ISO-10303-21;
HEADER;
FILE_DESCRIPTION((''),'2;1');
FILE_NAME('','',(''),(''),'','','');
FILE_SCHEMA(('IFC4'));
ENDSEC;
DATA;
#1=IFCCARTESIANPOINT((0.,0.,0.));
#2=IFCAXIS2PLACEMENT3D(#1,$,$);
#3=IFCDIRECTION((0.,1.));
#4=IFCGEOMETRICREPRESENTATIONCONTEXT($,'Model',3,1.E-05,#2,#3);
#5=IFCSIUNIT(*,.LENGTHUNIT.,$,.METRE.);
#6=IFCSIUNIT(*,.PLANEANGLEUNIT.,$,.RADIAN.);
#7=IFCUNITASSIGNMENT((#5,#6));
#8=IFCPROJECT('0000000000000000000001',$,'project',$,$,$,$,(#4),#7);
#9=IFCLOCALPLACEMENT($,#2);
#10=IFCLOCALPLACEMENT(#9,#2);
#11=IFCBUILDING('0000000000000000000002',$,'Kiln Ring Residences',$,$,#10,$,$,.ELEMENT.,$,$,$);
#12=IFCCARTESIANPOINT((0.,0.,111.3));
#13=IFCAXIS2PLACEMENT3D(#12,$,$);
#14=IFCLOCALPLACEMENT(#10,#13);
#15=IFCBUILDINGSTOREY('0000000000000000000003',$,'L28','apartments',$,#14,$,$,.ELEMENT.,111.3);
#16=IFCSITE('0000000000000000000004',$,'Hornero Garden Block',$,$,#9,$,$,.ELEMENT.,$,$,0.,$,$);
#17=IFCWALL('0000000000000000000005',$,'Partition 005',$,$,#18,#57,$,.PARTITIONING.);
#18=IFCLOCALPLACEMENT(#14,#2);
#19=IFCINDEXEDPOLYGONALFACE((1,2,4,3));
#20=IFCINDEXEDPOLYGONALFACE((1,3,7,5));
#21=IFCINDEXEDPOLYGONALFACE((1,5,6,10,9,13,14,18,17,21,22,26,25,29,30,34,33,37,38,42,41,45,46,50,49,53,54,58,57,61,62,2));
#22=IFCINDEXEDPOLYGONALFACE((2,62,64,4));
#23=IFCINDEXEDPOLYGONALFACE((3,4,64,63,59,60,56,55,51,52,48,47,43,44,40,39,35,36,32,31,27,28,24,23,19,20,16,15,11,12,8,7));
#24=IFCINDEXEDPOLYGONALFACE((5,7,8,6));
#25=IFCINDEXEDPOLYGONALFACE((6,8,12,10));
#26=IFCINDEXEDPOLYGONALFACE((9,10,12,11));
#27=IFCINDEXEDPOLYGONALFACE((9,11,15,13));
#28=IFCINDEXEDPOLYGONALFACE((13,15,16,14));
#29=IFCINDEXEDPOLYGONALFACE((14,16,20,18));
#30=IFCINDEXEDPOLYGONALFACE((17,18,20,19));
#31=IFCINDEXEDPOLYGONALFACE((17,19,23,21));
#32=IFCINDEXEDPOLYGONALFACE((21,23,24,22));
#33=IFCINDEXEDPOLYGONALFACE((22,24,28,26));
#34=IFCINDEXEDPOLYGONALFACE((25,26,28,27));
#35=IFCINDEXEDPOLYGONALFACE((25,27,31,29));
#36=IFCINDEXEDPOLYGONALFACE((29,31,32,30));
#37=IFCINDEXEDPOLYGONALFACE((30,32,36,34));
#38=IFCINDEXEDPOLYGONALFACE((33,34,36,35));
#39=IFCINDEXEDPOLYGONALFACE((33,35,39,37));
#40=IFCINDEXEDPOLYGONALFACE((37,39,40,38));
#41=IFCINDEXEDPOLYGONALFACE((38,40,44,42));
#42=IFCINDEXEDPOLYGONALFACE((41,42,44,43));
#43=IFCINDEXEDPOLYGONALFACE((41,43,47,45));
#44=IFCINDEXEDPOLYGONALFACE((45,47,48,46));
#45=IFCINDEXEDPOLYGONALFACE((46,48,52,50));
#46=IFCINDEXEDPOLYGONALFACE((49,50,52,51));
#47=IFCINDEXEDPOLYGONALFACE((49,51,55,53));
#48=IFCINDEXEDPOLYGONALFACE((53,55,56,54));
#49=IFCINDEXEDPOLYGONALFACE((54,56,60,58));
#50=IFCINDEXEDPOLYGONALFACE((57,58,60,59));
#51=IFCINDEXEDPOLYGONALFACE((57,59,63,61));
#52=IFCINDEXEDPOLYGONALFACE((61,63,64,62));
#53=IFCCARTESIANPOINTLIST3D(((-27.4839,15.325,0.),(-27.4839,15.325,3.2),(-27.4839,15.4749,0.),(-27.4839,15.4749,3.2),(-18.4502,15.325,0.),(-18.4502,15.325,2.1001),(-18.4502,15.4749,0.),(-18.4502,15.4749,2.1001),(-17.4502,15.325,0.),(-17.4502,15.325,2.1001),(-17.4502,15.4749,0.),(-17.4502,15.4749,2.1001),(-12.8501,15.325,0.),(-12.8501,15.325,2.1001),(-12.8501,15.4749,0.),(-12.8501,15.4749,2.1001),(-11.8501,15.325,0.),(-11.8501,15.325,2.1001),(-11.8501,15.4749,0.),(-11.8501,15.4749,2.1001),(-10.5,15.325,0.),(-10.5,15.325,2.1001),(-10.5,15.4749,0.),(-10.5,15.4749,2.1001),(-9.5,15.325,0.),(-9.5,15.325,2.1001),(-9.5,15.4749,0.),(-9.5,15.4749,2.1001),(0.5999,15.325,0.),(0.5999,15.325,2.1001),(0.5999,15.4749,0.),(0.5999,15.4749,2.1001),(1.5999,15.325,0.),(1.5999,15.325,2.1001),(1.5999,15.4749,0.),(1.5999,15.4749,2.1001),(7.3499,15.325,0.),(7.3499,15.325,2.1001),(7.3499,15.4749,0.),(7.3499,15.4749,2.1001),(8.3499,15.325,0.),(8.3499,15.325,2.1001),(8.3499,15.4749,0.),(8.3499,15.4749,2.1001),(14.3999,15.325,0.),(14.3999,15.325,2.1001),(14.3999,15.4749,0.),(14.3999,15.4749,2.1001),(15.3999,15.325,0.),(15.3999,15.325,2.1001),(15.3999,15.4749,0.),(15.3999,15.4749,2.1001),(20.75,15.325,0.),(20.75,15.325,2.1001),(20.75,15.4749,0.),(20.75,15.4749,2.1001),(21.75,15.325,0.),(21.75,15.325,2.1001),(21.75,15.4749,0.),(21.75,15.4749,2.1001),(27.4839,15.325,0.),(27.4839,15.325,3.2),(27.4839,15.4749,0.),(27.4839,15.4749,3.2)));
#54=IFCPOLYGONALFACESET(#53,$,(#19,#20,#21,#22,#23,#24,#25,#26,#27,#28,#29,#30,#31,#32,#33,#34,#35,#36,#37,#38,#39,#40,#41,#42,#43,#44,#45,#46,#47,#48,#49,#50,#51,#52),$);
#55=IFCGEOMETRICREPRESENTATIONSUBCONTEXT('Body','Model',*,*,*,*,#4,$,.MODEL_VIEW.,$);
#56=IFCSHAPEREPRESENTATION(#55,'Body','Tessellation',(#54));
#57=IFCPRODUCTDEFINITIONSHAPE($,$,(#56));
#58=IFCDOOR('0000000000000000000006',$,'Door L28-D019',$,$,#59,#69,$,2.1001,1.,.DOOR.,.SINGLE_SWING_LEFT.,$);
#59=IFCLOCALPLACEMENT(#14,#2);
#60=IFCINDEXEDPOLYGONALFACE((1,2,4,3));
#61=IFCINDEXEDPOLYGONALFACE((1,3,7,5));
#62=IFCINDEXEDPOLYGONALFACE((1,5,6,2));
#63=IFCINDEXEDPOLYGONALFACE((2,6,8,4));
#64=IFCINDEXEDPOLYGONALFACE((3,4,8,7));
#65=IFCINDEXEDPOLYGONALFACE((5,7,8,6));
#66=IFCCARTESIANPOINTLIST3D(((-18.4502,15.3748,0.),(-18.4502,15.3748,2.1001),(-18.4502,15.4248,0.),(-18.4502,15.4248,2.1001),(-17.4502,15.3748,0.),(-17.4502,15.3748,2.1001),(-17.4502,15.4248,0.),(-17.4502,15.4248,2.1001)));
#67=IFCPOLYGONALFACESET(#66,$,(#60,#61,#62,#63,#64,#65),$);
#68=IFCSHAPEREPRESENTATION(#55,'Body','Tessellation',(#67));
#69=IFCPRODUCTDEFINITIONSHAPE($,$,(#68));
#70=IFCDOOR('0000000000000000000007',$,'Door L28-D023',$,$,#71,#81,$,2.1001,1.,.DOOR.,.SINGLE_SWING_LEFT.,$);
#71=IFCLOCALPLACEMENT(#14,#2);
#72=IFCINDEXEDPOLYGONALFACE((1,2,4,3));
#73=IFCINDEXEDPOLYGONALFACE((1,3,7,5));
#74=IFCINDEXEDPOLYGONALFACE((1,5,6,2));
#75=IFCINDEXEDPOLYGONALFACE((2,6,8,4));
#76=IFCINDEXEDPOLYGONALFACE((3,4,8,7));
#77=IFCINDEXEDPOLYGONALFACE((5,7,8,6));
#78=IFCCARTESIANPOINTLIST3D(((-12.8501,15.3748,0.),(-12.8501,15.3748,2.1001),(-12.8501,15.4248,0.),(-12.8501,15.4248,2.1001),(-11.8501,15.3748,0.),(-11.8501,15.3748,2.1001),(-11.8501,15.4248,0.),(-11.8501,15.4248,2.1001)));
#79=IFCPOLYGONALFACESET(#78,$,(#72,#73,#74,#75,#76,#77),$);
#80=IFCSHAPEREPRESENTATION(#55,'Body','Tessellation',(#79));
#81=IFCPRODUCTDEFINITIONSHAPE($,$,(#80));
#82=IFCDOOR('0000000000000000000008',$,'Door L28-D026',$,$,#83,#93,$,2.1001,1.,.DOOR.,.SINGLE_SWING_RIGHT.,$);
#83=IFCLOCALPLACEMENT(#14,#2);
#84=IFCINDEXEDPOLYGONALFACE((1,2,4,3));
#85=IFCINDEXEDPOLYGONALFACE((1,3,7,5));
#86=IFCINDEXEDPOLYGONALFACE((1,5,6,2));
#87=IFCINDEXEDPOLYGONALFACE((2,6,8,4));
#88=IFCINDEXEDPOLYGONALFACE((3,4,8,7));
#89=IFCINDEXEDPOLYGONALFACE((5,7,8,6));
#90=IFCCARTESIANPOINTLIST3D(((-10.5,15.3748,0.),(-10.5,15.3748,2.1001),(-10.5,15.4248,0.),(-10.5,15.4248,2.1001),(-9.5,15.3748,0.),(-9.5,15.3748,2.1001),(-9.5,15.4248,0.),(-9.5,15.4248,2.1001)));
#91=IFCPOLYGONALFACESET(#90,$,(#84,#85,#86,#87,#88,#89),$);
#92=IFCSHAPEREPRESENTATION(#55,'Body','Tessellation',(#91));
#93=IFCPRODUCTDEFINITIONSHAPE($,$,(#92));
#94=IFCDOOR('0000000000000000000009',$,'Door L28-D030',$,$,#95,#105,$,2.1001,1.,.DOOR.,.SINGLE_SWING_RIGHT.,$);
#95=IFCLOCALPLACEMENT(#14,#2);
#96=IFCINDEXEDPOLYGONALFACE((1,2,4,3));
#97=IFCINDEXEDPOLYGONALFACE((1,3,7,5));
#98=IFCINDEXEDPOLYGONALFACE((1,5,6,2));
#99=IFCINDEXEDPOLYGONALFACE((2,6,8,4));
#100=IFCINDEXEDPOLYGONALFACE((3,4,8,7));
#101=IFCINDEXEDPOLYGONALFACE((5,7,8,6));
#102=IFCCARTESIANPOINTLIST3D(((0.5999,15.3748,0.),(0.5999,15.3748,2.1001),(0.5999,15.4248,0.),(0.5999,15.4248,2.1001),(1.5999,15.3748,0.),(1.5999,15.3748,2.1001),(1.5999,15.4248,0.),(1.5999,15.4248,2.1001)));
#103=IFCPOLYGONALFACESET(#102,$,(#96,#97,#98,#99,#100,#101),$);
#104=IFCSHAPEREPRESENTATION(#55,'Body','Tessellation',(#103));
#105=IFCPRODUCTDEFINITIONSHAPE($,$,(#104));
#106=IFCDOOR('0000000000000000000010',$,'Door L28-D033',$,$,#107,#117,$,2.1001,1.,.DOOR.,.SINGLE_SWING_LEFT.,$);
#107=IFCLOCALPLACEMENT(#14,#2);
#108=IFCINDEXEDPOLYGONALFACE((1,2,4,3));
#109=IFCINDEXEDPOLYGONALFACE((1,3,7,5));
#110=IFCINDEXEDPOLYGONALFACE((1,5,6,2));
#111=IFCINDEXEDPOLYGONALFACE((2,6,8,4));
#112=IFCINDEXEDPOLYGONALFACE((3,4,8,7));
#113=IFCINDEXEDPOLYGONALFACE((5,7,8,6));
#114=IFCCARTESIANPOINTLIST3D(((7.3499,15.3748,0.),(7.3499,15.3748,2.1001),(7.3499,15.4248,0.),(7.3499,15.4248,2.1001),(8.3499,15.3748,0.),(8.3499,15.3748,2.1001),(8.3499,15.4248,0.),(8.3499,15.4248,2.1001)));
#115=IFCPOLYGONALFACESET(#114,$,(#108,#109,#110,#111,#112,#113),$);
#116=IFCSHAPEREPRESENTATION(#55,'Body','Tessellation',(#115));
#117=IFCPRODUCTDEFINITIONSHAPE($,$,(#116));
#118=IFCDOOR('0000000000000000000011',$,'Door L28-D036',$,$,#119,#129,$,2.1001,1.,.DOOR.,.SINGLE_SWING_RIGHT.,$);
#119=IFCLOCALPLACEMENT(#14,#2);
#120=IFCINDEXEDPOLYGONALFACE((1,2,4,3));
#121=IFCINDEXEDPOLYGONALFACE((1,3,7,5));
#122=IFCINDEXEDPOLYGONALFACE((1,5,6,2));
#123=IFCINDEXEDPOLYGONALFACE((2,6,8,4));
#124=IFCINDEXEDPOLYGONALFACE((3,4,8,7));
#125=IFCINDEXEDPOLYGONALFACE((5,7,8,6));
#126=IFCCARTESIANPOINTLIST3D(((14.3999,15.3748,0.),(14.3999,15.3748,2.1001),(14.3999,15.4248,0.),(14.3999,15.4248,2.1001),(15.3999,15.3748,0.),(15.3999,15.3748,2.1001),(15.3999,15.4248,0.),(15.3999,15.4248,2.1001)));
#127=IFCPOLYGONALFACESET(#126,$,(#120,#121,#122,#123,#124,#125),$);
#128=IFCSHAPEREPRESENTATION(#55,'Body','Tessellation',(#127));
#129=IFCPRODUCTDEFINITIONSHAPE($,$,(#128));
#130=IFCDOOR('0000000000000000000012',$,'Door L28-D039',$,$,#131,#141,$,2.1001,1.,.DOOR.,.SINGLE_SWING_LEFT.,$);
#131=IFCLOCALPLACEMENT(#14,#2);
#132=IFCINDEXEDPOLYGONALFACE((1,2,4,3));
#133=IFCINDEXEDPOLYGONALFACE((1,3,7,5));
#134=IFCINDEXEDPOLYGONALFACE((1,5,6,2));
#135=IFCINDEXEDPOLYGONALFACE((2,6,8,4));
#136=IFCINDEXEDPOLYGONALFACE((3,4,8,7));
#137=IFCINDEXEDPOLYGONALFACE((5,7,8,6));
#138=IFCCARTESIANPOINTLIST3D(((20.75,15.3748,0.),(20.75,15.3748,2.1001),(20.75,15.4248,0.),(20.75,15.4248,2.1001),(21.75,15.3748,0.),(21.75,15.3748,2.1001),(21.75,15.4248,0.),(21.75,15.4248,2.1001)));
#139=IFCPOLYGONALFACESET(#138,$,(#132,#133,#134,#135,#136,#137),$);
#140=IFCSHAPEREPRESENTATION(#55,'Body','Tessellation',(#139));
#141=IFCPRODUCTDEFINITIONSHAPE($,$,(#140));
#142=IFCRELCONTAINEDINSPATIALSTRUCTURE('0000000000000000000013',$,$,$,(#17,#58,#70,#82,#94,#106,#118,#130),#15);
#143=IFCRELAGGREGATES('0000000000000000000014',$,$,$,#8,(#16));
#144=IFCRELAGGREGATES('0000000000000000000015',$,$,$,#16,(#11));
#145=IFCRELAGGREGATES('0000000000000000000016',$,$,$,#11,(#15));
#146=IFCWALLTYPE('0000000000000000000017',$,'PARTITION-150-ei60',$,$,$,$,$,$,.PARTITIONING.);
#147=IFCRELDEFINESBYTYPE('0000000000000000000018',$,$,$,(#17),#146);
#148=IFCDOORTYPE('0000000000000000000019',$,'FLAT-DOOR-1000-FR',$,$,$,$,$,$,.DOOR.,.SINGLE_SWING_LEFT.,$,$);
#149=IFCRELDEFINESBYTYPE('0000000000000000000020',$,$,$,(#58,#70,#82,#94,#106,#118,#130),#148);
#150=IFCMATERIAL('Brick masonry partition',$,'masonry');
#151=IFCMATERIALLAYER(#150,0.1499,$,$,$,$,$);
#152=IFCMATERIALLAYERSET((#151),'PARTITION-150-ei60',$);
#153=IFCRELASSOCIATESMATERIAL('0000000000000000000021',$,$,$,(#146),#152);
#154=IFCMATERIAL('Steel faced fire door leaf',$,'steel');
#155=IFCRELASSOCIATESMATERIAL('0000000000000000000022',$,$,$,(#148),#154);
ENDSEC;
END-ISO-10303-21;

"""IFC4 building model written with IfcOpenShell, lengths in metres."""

from ifc_helpers import new_model, si_unit, direction, frame, frame_2d, origin, place, context, subcontext, project, spatial, rectangle, extrude, material, layer, layer_set, type_object, element, fill, save


model = new_model("IFC4")

# Units and contexts
model_context = context("Model", 3, precision=1e-05, world=origin(), true_north=direction((0.0, 1.0)))
body_context = subcontext(model_context, "Body", "Model", "MODEL_VIEW")
ifc_project = project(units=[si_unit("LENGTHUNIT", "METRE"), si_unit("PLANEANGLEUNIT", "RADIAN")], contexts=[model_context])

# Site, building, storey
site_placement = place(None, origin())
site = spatial("IfcSite", under=ifc_project, at=site_placement, Name="Hornero Garden Block", CompositionType="ELEMENT", RefElevation=0.0)
building_placement = place(site_placement, origin())
building = spatial("IfcBuilding", under=site, at=building_placement, Name="Kiln Ring Residences", CompositionType="ELEMENT")
storey_placement = place(building_placement, frame((0.0, 0.0, 111.3)))
storey = spatial("IfcBuildingStorey", under=building, at=storey_placement, Name="L28", Description="apartments", CompositionType="ELEMENT", Elevation=111.3)

# Wall, openings, doors
ifc_material_1 = material(Name="Brick masonry partition", Category="masonry")
ifc_layer_1 = layer(ifc_material_1, 0.1499)
ifc_layer_set_1 = layer_set([ifc_layer_1], Name="PARTITION-150-ei60")
wall_type_1 = type_object("IfcWallType", Name="PARTITION-150-ei60", PredefinedType="PARTITIONING", material=ifc_layer_set_1)
wall_1_placement = place(storey_placement, frame((-27.4839, 15.3999, 0.0), z_axis=(0.0, 0.0, 1.0), x_axis=(1.0, 0.0, 0.0)))
wall_1 = element("IfcWall", 1, at=wall_1_placement, inside=storey, type_object=wall_type_1, Name="Partition 005", PredefinedType="PARTITIONING", context=body_context, shape_type="SweptSolid", body=[
    extrude(rectangle(XDim=54.9678, YDim=0.1499, at=frame_2d((27.4839, 0.0))), origin(), (0.0, 0.0, 1.0), 3.2),
])
opening_1_placement = place(wall_1_placement, frame((9.0337, 0.0, 0.0)))
opening_1 = element("IfcOpeningElement", 2, at=opening_1_placement, cuts=wall_1, PredefinedType="OPENING", context=body_context, shape_type="SweptSolid", body=[
    extrude(rectangle(XDim=1.0, YDim=2.1001, at=frame_2d((0.5, 1.05))), frame((0.0, 0.085, 0.0), z_axis=(0.0, -1.0, 0.0), x_axis=(1.0, 0.0, 0.0)), (0.0, 0.0, 1.0), 0.1699),
])
opening_2_placement = place(wall_1_placement, frame((14.6338, 0.0, 0.0)))
opening_2 = element("IfcOpeningElement", 3, at=opening_2_placement, cuts=wall_1, PredefinedType="OPENING", context=body_context, shape_type="SweptSolid", body=[
    extrude(rectangle(XDim=1.0, YDim=2.1001, at=frame_2d((0.5, 1.05))), frame((0.0, 0.085, 0.0), z_axis=(0.0, -1.0, 0.0), x_axis=(1.0, 0.0, 0.0)), (0.0, 0.0, 1.0), 0.1699),
])
opening_3_placement = place(wall_1_placement, frame((16.9839, 0.0, 0.0)))
opening_3 = element("IfcOpeningElement", 4, at=opening_3_placement, cuts=wall_1, PredefinedType="OPENING", context=body_context, shape_type="SweptSolid", body=[
    extrude(rectangle(XDim=1.0, YDim=2.1001, at=frame_2d((0.5, 1.05))), frame((0.0, 0.085, 0.0), z_axis=(0.0, -1.0, 0.0), x_axis=(1.0, 0.0, 0.0)), (0.0, 0.0, 1.0), 0.1699),
])
opening_4_placement = place(wall_1_placement, frame((28.0837, 0.0, 0.0)))
opening_4 = element("IfcOpeningElement", 5, at=opening_4_placement, cuts=wall_1, PredefinedType="OPENING", context=body_context, shape_type="SweptSolid", body=[
    extrude(rectangle(XDim=1.0, YDim=2.1001, at=frame_2d((0.5, 1.05))), frame((0.0, 0.085, 0.0), z_axis=(0.0, -1.0, 0.0), x_axis=(1.0, 0.0, 0.0)), (0.0, 0.0, 1.0), 0.1699),
])
opening_5_placement = place(wall_1_placement, frame((34.8337, 0.0, 0.0)))
opening_5 = element("IfcOpeningElement", 6, at=opening_5_placement, cuts=wall_1, PredefinedType="OPENING", context=body_context, shape_type="SweptSolid", body=[
    extrude(rectangle(XDim=1.0, YDim=2.1001, at=frame_2d((0.5, 1.05))), frame((0.0, 0.085, 0.0), z_axis=(0.0, -1.0, 0.0), x_axis=(1.0, 0.0, 0.0)), (0.0, 0.0, 1.0), 0.1699),
])
opening_6_placement = place(wall_1_placement, frame((41.8838, 0.0, 0.0)))
opening_6 = element("IfcOpeningElement", 7, at=opening_6_placement, cuts=wall_1, PredefinedType="OPENING", context=body_context, shape_type="SweptSolid", body=[
    extrude(rectangle(XDim=1.0, YDim=2.1001, at=frame_2d((0.5, 1.05))), frame((0.0, 0.085, 0.0), z_axis=(0.0, -1.0, 0.0), x_axis=(1.0, 0.0, 0.0)), (0.0, 0.0, 1.0), 0.1699),
])
opening_7_placement = place(wall_1_placement, frame((48.2339, 0.0, 0.0)))
opening_7 = element("IfcOpeningElement", 8, at=opening_7_placement, cuts=wall_1, PredefinedType="OPENING", context=body_context, shape_type="SweptSolid", body=[
    extrude(rectangle(XDim=1.0, YDim=2.1001, at=frame_2d((0.5, 1.05))), frame((0.0, 0.085, 0.0), z_axis=(0.0, -1.0, 0.0), x_axis=(1.0, 0.0, 0.0)), (0.0, 0.0, 1.0), 0.1699),
])
ifc_material_2 = material(Name="Steel faced fire door leaf", Category="steel")
door_type = type_object("IfcDoorType", Name="FLAT-DOOR-1000-FR", OperationType="SINGLE_SWING_LEFT", PredefinedType="DOOR", material=ifc_material_2)
door_1_placement = place(opening_1_placement, origin())
door_1 = element("IfcDoor", 9, at=door_1_placement, inside=storey, type_object=door_type, Name="Door L28-D019", OperationType="SINGLE_SWING_LEFT", OverallHeight=2.1001, OverallWidth=1.0, PredefinedType="DOOR", context=body_context, shape_type="SweptSolid", body=[
    extrude(rectangle(XDim=1.0, YDim=2.1001, at=frame_2d((0.5, 1.05))), frame((0.0, 0.0249, 0.0), z_axis=(0.0, -1.0, 0.0), x_axis=(1.0, 0.0, 0.0)), (0.0, 0.0, 1.0), 0.05),
])
fill(opening_1, door_1)
door_2_placement = place(opening_2_placement, origin())
door_2 = element("IfcDoor", 10, at=door_2_placement, inside=storey, type_object=door_type, Name="Door L28-D023", OperationType="SINGLE_SWING_LEFT", OverallHeight=2.1001, OverallWidth=1.0, PredefinedType="DOOR", context=body_context, shape_type="SweptSolid", body=[
    extrude(rectangle(XDim=1.0, YDim=2.1001, at=frame_2d((0.5, 1.05))), frame((0.0, 0.0249, 0.0), z_axis=(0.0, -1.0, 0.0), x_axis=(1.0, 0.0, 0.0)), (0.0, 0.0, 1.0), 0.05),
])
fill(opening_2, door_2)
door_3_placement = place(opening_3_placement, origin())
door_3 = element("IfcDoor", 11, at=door_3_placement, inside=storey, type_object=door_type, Name="Door L28-D026", OperationType="SINGLE_SWING_RIGHT", OverallHeight=2.1001, OverallWidth=1.0, PredefinedType="DOOR", context=body_context, shape_type="SweptSolid", body=[
    extrude(rectangle(XDim=1.0, YDim=2.1001, at=frame_2d((0.5, 1.05))), frame((0.0, 0.0249, 0.0), z_axis=(0.0, -1.0, 0.0), x_axis=(1.0, 0.0, 0.0)), (0.0, 0.0, 1.0), 0.05),
])
fill(opening_3, door_3)
door_4_placement = place(opening_4_placement, origin())
door_4 = element("IfcDoor", 12, at=door_4_placement, inside=storey, type_object=door_type, Name="Door L28-D030", OperationType="SINGLE_SWING_RIGHT", OverallHeight=2.1001, OverallWidth=1.0, PredefinedType="DOOR", context=body_context, shape_type="SweptSolid", body=[
    extrude(rectangle(XDim=1.0, YDim=2.1001, at=frame_2d((0.5, 1.05))), frame((0.0, 0.0249, 0.0), z_axis=(0.0, -1.0, 0.0), x_axis=(1.0, 0.0, 0.0)), (0.0, 0.0, 1.0), 0.05),
])
fill(opening_4, door_4)
door_5_placement = place(opening_5_placement, origin())
door_5 = element("IfcDoor", 13, at=door_5_placement, inside=storey, type_object=door_type, Name="Door L28-D033", OperationType="SINGLE_SWING_LEFT", OverallHeight=2.1001, OverallWidth=1.0, PredefinedType="DOOR", context=body_context, shape_type="SweptSolid", body=[
    extrude(rectangle(XDim=1.0, YDim=2.1001, at=frame_2d((0.5, 1.05))), frame((0.0, 0.0249, 0.0), z_axis=(0.0, -1.0, 0.0), x_axis=(1.0, 0.0, 0.0)), (0.0, 0.0, 1.0), 0.05),
])
fill(opening_5, door_5)
door_6_placement = place(opening_6_placement, origin())
door_6 = element("IfcDoor", 14, at=door_6_placement, inside=storey, type_object=door_type, Name="Door L28-D036", OperationType="SINGLE_SWING_RIGHT", OverallHeight=2.1001, OverallWidth=1.0, PredefinedType="DOOR", context=body_context, shape_type="SweptSolid", body=[
    extrude(rectangle(XDim=1.0, YDim=2.1001, at=frame_2d((0.5, 1.05))), frame((0.0, 0.0249, 0.0), z_axis=(0.0, -1.0, 0.0), x_axis=(1.0, 0.0, 0.0)), (0.0, 0.0, 1.0), 0.05),
])
fill(opening_6, door_6)
door_7_placement = place(opening_7_placement, origin())
door_7 = element("IfcDoor", 15, at=door_7_placement, inside=storey, type_object=door_type, Name="Door L28-D039", OperationType="SINGLE_SWING_LEFT", OverallHeight=2.1001, OverallWidth=1.0, PredefinedType="DOOR", context=body_context, shape_type="SweptSolid", body=[
    extrude(rectangle(XDim=1.0, YDim=2.1001, at=frame_2d((0.5, 1.05))), frame((0.0, 0.0249, 0.0), z_axis=(0.0, -1.0, 0.0), x_axis=(1.0, 0.0, 0.0)), (0.0, 0.0, 1.0), 0.05),
])
fill(opening_7, door_7)

save(model, "model.ifc")
